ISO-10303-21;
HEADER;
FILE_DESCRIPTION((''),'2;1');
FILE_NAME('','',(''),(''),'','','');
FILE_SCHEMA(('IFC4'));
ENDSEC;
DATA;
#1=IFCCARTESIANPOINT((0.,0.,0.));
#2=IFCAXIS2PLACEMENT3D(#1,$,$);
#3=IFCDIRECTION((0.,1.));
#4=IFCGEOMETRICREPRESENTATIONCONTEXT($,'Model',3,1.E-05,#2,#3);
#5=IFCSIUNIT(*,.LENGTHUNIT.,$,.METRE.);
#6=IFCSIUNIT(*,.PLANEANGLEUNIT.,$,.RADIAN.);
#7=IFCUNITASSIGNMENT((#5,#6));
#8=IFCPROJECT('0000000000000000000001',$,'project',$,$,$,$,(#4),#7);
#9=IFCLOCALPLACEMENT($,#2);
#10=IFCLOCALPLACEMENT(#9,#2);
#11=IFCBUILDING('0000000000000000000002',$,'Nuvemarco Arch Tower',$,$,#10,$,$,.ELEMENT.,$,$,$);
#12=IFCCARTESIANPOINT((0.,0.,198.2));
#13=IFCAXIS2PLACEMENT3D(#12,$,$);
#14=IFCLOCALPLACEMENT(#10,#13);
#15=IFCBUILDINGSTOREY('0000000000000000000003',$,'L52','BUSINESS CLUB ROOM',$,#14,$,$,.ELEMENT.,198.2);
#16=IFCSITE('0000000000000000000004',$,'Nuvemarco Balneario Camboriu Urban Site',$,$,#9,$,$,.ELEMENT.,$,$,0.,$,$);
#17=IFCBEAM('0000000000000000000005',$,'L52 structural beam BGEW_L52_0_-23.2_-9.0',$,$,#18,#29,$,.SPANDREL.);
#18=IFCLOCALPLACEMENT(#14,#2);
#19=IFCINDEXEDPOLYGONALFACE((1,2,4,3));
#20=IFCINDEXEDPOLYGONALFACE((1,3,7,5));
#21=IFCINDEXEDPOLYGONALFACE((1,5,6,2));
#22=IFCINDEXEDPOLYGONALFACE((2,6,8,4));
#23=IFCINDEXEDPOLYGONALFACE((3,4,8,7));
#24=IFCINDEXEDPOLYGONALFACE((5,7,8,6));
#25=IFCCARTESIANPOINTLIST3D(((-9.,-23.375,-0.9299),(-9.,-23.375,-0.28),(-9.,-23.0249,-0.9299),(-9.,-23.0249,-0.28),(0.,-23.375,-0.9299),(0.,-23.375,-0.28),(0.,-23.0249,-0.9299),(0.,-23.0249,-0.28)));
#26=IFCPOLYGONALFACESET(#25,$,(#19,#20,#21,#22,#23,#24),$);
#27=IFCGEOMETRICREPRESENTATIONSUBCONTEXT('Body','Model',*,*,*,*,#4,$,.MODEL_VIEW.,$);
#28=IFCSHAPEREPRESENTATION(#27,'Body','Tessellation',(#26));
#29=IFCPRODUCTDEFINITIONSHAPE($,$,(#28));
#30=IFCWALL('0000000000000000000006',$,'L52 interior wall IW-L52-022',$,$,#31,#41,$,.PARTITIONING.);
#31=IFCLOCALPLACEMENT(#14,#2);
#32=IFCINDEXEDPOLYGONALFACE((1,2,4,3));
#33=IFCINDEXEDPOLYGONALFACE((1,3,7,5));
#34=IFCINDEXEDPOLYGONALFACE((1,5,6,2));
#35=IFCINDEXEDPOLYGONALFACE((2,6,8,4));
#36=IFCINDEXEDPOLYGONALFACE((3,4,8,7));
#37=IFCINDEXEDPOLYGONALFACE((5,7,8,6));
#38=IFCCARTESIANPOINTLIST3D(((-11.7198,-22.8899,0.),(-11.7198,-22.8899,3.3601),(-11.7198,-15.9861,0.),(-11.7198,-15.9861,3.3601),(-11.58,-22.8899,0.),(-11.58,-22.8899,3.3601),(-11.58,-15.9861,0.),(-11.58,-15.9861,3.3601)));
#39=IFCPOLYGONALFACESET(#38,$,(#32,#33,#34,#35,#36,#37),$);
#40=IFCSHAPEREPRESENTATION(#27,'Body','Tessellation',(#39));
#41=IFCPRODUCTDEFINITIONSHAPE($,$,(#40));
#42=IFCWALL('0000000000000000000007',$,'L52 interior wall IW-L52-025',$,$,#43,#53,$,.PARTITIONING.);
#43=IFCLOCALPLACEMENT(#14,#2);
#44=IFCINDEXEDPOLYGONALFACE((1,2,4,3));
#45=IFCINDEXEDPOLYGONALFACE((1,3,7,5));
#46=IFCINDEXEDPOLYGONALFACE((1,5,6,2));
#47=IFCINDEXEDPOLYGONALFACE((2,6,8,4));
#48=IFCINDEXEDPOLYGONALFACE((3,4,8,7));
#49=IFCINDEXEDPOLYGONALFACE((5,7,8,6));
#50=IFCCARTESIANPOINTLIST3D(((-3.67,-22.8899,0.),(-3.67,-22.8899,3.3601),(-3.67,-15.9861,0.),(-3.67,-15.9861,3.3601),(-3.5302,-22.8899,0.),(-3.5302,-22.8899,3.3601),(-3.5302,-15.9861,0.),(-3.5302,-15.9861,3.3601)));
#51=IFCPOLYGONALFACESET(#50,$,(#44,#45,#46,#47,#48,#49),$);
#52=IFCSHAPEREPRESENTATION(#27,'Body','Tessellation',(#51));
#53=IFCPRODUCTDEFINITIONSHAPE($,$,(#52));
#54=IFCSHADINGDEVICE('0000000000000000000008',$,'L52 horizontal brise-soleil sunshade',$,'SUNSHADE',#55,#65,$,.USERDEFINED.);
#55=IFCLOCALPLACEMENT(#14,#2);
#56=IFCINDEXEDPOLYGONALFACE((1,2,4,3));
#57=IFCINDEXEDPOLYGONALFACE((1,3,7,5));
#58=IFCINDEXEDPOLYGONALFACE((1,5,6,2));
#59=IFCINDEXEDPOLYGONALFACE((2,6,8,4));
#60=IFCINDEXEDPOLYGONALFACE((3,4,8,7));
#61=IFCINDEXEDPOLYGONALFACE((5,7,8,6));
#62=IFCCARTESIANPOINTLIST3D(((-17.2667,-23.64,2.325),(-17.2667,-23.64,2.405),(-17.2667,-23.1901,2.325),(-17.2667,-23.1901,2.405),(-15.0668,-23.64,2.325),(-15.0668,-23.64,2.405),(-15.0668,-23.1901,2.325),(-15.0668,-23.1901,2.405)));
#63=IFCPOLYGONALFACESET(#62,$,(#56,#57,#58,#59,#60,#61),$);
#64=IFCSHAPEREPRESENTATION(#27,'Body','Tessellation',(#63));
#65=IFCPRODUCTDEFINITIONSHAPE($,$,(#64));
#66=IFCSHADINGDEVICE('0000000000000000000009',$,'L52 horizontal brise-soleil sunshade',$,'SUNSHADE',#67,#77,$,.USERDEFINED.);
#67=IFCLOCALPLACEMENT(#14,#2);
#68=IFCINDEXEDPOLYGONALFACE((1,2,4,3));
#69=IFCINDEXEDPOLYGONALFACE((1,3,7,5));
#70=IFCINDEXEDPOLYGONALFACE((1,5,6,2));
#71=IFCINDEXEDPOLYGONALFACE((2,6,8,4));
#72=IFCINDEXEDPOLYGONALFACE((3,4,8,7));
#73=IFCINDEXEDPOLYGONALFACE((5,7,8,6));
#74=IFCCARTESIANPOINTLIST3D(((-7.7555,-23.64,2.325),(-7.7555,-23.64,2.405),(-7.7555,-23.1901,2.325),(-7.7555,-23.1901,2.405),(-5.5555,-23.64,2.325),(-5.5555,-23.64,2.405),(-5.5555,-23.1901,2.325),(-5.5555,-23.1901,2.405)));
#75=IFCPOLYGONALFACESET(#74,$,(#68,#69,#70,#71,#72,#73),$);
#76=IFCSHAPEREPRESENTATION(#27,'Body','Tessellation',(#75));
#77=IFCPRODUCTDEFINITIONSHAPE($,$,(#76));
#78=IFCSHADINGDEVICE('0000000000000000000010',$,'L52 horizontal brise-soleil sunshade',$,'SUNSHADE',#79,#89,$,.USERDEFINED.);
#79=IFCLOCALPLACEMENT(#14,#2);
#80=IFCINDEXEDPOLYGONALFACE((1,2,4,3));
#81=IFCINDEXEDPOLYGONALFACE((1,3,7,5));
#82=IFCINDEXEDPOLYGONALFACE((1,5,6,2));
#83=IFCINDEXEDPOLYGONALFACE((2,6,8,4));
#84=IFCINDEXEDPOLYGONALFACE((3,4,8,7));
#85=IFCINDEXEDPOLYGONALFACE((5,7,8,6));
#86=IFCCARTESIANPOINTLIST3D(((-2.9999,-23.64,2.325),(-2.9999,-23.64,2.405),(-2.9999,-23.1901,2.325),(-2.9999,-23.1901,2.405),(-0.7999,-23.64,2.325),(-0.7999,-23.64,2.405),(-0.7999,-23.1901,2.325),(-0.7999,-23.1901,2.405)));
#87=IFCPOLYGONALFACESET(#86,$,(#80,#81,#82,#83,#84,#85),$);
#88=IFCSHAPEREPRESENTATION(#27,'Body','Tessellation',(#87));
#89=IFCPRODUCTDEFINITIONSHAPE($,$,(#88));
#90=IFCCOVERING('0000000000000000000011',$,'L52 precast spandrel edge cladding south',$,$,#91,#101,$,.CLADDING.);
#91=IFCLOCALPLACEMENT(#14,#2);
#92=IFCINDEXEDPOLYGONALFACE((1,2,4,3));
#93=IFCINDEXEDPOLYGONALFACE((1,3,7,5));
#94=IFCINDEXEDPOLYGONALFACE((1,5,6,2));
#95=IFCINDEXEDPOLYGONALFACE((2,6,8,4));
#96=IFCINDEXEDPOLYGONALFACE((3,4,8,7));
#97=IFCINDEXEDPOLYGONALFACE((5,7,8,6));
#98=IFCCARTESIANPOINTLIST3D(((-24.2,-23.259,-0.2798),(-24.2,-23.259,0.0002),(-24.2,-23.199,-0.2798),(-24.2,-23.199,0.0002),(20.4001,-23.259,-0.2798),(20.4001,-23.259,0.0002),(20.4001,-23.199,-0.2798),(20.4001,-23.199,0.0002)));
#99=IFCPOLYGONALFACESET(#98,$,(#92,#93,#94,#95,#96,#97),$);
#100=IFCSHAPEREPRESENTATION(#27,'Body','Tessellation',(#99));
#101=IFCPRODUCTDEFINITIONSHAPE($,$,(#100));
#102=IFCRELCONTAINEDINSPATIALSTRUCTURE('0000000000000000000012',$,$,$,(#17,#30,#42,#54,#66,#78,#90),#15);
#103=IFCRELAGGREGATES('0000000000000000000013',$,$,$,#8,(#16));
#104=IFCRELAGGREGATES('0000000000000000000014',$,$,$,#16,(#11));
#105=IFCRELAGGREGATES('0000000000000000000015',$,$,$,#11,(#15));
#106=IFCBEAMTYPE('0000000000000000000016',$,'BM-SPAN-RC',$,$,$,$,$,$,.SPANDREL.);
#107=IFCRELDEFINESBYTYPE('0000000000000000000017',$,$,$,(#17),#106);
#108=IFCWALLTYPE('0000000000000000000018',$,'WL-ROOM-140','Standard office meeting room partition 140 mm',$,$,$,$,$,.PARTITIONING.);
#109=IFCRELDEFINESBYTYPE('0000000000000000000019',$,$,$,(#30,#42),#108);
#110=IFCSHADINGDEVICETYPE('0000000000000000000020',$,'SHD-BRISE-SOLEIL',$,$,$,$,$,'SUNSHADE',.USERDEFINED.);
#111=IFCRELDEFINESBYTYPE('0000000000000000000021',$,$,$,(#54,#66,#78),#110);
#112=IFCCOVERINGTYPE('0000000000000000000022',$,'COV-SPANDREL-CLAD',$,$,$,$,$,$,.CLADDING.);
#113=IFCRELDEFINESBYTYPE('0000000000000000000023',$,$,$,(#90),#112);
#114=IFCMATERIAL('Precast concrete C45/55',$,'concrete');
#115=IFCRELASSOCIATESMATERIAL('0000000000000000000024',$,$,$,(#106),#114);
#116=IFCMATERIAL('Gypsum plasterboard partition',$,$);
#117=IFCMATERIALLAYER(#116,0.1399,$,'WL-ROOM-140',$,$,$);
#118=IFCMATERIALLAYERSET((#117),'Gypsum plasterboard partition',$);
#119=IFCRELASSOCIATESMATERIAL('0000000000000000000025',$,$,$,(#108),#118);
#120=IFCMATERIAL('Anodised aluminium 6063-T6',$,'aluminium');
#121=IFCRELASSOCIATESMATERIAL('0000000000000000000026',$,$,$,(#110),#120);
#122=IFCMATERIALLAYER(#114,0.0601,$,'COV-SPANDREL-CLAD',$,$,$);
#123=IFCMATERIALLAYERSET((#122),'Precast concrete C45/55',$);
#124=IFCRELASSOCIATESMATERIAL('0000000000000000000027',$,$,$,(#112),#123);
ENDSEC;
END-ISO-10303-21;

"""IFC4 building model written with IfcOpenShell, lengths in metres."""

from ifc_helpers import new_model, si_unit, direction, frame, frame_2d, origin, origin_2d, place, context, subcontext, project, spatial, rectangle, extrude, source, transform, mapped, material, layer, layer_set, material_profile, profile_set, type_object, type_shapes, element, save


model = new_model("IFC4")

# Units and contexts
model_context = context("Model", 3, precision=1e-05, world=origin(), true_north=direction((0.0, 1.0)))
body_context = subcontext(model_context, "Body", "Model", "MODEL_VIEW")
ifc_project = project(units=[si_unit("LENGTHUNIT", "METRE"), si_unit("PLANEANGLEUNIT", "RADIAN")], contexts=[model_context])

# Site, building, storey
site_placement = place(None, origin())
site = spatial("IfcSite", under=ifc_project, at=site_placement, Name="Nuvemarco Balneario Camboriu Urban Site", CompositionType="ELEMENT", RefElevation=0.0)
building_placement = place(site_placement, origin())
building = spatial("IfcBuilding", under=site, at=building_placement, Name="Nuvemarco Arch Tower", CompositionType="ELEMENT")
storey_placement = place(building_placement, frame((0.0, 0.0, 198.2)))
storey = spatial("IfcBuildingStorey", under=building, at=storey_placement, Name="L52", Description="BUSINESS CLUB ROOM", CompositionType="ELEMENT", Elevation=198.2)

# Beam
ifc_material_1 = material(Name="Precast concrete C45/55", Category="concrete")
ifc_material_profile_1 = material_profile(ifc_material_1, rectangle(XDim=0.3501, YDim=0.6499, at=origin_2d()), Name="PC-SP-350x650")
ifc_profile_set_1 = profile_set([ifc_material_profile_1], Name="Precast concrete C45/55")
beam_type_1 = type_object("IfcBeamType", Name="BM-SPAN-RC", PredefinedType="SPANDREL", material=ifc_profile_set_1)
beam_1_placement = place(storey_placement, frame((-9.0, -23.2, -0.605), z_axis=(1.0, 0.0, 0.0), x_axis=(0.0, 1.0, 0.0)))
element("IfcBeam", 1, at=beam_1_placement, inside=storey, type_object=beam_type_1, Name="L52 structural beam BGEW_L52_0_-23.2_-9.0", PredefinedType="SPANDREL", context=body_context, shape_type="SweptSolid", body=[
    extrude(rectangle(XDim=0.3501, YDim=0.6499, at=origin_2d()), origin(), (0.0, 0.0, 1.0), 9.0),
])

# Walls
ifc_material_2 = material(Name="Gypsum plasterboard partition")
ifc_layer_1 = layer(ifc_material_2, 0.1399, Name="WL-ROOM-140")
ifc_layer_set_1 = layer_set([ifc_layer_1], Name="Gypsum plasterboard partition")
wall_type = type_object("IfcWallType", Name="WL-ROOM-140", Description="Standard office meeting room partition 140 mm", PredefinedType="PARTITIONING", material=ifc_layer_set_1)
for number, where, z_axis, x_axis, name in (
    (2, (-11.6499, -22.8899, 0.0), (0.0, 0.0, 1.0), (0.0, 1.0, 0.0), "L52 interior wall IW-L52-022"),
    (3, (-3.6001, -22.8899, 0.0), (0.0, 0.0, 1.0), (0.0, 1.0, 0.0), "L52 interior wall IW-L52-025"),
):
    element("IfcWall", number, at=place(storey_placement, frame(where, z_axis=z_axis, x_axis=x_axis)), inside=storey, type_object=wall_type, Name=name, PredefinedType="PARTITIONING", context=body_context, shape_type="SweptSolid", body=[
        extrude(rectangle(XDim=6.9038, YDim=0.1399, at=frame_2d((3.4519, 0.0))), origin(), (0.0, 0.0, 1.0), 3.3601),
    ])

# Shading devices
ifc_material_3 = material(Name="Anodised aluminium 6063-T6", Category="aluminium")
shading_device_type = type_object("IfcShadingDeviceType", Name="SHD-BRISE-SOLEIL", ElementType="SUNSHADE", PredefinedType="USERDEFINED", material=ifc_material_3)
shared_shape_1 = source(origin(), body_context, "Body", "SweptSolid", [
    extrude(rectangle(XDim=2.2, YDim=0.45, at=origin_2d()), origin(), (0.0, 0.0, 1.0), 0.0801),
])
type_shapes(shading_device_type, [shared_shape_1])
for number, where, z_axis, x_axis, name in (
    (4, (-16.1667, -23.415, 2.325), (0.0, 0.0, 1.0), (1.0, 0.0, 0.0), "L52 horizontal brise-soleil sunshade"),
    (5, (-6.6555, -23.415, 2.325), (0.0, 0.0, 1.0), (1.0, 0.0, 0.0), "L52 horizontal brise-soleil sunshade"),
    (6, (-1.8999, -23.415, 2.325), (0.0, 0.0, 1.0), (1.0, 0.0, 0.0), "L52 horizontal brise-soleil sunshade"),
):
    element("IfcShadingDevice", number, at=place(storey_placement, frame(where, z_axis=z_axis, x_axis=x_axis)), inside=storey, type_object=shading_device_type, Name=name, ObjectType="SUNSHADE", PredefinedType="USERDEFINED", context=body_context, shape_type="MappedRepresentation", body=[
        mapped(shared_shape_1, transform((0.0, 0.0, 0.0), scale=1.0)),
    ])

# Covering
ifc_layer_2 = layer(ifc_material_1, 0.0601, Name="COV-SPANDREL-CLAD")
ifc_layer_set_2 = layer_set([ifc_layer_2], Name="Precast concrete C45/55")
covering_type = type_object("IfcCoveringType", Name="COV-SPANDREL-CLAD", PredefinedType="CLADDING", material=ifc_layer_set_2)
shared_shape_2 = source(origin(), body_context, "Body", "SweptSolid", [
    extrude(rectangle(XDim=44.6001, YDim=0.0601, at=origin_2d()), origin(), (0.0, 0.0, 1.0), 0.28),
])
type_shapes(covering_type, [shared_shape_2])
covering_placement = place(storey_placement, frame((-1.8999, -23.229, -0.2798), z_axis=(0.0, 0.0, 1.0), x_axis=(1.0, 0.0, 0.0)))
element("IfcCovering", 7, at=covering_placement, inside=storey, type_object=covering_type, Name="L52 precast spandrel edge cladding south", PredefinedType="CLADDING", context=body_context, shape_type="MappedRepresentation", body=[
    mapped(shared_shape_2, transform((0.0, 0.0, 0.0), scale=1.0)),
])

save(model, "model.ifc")
